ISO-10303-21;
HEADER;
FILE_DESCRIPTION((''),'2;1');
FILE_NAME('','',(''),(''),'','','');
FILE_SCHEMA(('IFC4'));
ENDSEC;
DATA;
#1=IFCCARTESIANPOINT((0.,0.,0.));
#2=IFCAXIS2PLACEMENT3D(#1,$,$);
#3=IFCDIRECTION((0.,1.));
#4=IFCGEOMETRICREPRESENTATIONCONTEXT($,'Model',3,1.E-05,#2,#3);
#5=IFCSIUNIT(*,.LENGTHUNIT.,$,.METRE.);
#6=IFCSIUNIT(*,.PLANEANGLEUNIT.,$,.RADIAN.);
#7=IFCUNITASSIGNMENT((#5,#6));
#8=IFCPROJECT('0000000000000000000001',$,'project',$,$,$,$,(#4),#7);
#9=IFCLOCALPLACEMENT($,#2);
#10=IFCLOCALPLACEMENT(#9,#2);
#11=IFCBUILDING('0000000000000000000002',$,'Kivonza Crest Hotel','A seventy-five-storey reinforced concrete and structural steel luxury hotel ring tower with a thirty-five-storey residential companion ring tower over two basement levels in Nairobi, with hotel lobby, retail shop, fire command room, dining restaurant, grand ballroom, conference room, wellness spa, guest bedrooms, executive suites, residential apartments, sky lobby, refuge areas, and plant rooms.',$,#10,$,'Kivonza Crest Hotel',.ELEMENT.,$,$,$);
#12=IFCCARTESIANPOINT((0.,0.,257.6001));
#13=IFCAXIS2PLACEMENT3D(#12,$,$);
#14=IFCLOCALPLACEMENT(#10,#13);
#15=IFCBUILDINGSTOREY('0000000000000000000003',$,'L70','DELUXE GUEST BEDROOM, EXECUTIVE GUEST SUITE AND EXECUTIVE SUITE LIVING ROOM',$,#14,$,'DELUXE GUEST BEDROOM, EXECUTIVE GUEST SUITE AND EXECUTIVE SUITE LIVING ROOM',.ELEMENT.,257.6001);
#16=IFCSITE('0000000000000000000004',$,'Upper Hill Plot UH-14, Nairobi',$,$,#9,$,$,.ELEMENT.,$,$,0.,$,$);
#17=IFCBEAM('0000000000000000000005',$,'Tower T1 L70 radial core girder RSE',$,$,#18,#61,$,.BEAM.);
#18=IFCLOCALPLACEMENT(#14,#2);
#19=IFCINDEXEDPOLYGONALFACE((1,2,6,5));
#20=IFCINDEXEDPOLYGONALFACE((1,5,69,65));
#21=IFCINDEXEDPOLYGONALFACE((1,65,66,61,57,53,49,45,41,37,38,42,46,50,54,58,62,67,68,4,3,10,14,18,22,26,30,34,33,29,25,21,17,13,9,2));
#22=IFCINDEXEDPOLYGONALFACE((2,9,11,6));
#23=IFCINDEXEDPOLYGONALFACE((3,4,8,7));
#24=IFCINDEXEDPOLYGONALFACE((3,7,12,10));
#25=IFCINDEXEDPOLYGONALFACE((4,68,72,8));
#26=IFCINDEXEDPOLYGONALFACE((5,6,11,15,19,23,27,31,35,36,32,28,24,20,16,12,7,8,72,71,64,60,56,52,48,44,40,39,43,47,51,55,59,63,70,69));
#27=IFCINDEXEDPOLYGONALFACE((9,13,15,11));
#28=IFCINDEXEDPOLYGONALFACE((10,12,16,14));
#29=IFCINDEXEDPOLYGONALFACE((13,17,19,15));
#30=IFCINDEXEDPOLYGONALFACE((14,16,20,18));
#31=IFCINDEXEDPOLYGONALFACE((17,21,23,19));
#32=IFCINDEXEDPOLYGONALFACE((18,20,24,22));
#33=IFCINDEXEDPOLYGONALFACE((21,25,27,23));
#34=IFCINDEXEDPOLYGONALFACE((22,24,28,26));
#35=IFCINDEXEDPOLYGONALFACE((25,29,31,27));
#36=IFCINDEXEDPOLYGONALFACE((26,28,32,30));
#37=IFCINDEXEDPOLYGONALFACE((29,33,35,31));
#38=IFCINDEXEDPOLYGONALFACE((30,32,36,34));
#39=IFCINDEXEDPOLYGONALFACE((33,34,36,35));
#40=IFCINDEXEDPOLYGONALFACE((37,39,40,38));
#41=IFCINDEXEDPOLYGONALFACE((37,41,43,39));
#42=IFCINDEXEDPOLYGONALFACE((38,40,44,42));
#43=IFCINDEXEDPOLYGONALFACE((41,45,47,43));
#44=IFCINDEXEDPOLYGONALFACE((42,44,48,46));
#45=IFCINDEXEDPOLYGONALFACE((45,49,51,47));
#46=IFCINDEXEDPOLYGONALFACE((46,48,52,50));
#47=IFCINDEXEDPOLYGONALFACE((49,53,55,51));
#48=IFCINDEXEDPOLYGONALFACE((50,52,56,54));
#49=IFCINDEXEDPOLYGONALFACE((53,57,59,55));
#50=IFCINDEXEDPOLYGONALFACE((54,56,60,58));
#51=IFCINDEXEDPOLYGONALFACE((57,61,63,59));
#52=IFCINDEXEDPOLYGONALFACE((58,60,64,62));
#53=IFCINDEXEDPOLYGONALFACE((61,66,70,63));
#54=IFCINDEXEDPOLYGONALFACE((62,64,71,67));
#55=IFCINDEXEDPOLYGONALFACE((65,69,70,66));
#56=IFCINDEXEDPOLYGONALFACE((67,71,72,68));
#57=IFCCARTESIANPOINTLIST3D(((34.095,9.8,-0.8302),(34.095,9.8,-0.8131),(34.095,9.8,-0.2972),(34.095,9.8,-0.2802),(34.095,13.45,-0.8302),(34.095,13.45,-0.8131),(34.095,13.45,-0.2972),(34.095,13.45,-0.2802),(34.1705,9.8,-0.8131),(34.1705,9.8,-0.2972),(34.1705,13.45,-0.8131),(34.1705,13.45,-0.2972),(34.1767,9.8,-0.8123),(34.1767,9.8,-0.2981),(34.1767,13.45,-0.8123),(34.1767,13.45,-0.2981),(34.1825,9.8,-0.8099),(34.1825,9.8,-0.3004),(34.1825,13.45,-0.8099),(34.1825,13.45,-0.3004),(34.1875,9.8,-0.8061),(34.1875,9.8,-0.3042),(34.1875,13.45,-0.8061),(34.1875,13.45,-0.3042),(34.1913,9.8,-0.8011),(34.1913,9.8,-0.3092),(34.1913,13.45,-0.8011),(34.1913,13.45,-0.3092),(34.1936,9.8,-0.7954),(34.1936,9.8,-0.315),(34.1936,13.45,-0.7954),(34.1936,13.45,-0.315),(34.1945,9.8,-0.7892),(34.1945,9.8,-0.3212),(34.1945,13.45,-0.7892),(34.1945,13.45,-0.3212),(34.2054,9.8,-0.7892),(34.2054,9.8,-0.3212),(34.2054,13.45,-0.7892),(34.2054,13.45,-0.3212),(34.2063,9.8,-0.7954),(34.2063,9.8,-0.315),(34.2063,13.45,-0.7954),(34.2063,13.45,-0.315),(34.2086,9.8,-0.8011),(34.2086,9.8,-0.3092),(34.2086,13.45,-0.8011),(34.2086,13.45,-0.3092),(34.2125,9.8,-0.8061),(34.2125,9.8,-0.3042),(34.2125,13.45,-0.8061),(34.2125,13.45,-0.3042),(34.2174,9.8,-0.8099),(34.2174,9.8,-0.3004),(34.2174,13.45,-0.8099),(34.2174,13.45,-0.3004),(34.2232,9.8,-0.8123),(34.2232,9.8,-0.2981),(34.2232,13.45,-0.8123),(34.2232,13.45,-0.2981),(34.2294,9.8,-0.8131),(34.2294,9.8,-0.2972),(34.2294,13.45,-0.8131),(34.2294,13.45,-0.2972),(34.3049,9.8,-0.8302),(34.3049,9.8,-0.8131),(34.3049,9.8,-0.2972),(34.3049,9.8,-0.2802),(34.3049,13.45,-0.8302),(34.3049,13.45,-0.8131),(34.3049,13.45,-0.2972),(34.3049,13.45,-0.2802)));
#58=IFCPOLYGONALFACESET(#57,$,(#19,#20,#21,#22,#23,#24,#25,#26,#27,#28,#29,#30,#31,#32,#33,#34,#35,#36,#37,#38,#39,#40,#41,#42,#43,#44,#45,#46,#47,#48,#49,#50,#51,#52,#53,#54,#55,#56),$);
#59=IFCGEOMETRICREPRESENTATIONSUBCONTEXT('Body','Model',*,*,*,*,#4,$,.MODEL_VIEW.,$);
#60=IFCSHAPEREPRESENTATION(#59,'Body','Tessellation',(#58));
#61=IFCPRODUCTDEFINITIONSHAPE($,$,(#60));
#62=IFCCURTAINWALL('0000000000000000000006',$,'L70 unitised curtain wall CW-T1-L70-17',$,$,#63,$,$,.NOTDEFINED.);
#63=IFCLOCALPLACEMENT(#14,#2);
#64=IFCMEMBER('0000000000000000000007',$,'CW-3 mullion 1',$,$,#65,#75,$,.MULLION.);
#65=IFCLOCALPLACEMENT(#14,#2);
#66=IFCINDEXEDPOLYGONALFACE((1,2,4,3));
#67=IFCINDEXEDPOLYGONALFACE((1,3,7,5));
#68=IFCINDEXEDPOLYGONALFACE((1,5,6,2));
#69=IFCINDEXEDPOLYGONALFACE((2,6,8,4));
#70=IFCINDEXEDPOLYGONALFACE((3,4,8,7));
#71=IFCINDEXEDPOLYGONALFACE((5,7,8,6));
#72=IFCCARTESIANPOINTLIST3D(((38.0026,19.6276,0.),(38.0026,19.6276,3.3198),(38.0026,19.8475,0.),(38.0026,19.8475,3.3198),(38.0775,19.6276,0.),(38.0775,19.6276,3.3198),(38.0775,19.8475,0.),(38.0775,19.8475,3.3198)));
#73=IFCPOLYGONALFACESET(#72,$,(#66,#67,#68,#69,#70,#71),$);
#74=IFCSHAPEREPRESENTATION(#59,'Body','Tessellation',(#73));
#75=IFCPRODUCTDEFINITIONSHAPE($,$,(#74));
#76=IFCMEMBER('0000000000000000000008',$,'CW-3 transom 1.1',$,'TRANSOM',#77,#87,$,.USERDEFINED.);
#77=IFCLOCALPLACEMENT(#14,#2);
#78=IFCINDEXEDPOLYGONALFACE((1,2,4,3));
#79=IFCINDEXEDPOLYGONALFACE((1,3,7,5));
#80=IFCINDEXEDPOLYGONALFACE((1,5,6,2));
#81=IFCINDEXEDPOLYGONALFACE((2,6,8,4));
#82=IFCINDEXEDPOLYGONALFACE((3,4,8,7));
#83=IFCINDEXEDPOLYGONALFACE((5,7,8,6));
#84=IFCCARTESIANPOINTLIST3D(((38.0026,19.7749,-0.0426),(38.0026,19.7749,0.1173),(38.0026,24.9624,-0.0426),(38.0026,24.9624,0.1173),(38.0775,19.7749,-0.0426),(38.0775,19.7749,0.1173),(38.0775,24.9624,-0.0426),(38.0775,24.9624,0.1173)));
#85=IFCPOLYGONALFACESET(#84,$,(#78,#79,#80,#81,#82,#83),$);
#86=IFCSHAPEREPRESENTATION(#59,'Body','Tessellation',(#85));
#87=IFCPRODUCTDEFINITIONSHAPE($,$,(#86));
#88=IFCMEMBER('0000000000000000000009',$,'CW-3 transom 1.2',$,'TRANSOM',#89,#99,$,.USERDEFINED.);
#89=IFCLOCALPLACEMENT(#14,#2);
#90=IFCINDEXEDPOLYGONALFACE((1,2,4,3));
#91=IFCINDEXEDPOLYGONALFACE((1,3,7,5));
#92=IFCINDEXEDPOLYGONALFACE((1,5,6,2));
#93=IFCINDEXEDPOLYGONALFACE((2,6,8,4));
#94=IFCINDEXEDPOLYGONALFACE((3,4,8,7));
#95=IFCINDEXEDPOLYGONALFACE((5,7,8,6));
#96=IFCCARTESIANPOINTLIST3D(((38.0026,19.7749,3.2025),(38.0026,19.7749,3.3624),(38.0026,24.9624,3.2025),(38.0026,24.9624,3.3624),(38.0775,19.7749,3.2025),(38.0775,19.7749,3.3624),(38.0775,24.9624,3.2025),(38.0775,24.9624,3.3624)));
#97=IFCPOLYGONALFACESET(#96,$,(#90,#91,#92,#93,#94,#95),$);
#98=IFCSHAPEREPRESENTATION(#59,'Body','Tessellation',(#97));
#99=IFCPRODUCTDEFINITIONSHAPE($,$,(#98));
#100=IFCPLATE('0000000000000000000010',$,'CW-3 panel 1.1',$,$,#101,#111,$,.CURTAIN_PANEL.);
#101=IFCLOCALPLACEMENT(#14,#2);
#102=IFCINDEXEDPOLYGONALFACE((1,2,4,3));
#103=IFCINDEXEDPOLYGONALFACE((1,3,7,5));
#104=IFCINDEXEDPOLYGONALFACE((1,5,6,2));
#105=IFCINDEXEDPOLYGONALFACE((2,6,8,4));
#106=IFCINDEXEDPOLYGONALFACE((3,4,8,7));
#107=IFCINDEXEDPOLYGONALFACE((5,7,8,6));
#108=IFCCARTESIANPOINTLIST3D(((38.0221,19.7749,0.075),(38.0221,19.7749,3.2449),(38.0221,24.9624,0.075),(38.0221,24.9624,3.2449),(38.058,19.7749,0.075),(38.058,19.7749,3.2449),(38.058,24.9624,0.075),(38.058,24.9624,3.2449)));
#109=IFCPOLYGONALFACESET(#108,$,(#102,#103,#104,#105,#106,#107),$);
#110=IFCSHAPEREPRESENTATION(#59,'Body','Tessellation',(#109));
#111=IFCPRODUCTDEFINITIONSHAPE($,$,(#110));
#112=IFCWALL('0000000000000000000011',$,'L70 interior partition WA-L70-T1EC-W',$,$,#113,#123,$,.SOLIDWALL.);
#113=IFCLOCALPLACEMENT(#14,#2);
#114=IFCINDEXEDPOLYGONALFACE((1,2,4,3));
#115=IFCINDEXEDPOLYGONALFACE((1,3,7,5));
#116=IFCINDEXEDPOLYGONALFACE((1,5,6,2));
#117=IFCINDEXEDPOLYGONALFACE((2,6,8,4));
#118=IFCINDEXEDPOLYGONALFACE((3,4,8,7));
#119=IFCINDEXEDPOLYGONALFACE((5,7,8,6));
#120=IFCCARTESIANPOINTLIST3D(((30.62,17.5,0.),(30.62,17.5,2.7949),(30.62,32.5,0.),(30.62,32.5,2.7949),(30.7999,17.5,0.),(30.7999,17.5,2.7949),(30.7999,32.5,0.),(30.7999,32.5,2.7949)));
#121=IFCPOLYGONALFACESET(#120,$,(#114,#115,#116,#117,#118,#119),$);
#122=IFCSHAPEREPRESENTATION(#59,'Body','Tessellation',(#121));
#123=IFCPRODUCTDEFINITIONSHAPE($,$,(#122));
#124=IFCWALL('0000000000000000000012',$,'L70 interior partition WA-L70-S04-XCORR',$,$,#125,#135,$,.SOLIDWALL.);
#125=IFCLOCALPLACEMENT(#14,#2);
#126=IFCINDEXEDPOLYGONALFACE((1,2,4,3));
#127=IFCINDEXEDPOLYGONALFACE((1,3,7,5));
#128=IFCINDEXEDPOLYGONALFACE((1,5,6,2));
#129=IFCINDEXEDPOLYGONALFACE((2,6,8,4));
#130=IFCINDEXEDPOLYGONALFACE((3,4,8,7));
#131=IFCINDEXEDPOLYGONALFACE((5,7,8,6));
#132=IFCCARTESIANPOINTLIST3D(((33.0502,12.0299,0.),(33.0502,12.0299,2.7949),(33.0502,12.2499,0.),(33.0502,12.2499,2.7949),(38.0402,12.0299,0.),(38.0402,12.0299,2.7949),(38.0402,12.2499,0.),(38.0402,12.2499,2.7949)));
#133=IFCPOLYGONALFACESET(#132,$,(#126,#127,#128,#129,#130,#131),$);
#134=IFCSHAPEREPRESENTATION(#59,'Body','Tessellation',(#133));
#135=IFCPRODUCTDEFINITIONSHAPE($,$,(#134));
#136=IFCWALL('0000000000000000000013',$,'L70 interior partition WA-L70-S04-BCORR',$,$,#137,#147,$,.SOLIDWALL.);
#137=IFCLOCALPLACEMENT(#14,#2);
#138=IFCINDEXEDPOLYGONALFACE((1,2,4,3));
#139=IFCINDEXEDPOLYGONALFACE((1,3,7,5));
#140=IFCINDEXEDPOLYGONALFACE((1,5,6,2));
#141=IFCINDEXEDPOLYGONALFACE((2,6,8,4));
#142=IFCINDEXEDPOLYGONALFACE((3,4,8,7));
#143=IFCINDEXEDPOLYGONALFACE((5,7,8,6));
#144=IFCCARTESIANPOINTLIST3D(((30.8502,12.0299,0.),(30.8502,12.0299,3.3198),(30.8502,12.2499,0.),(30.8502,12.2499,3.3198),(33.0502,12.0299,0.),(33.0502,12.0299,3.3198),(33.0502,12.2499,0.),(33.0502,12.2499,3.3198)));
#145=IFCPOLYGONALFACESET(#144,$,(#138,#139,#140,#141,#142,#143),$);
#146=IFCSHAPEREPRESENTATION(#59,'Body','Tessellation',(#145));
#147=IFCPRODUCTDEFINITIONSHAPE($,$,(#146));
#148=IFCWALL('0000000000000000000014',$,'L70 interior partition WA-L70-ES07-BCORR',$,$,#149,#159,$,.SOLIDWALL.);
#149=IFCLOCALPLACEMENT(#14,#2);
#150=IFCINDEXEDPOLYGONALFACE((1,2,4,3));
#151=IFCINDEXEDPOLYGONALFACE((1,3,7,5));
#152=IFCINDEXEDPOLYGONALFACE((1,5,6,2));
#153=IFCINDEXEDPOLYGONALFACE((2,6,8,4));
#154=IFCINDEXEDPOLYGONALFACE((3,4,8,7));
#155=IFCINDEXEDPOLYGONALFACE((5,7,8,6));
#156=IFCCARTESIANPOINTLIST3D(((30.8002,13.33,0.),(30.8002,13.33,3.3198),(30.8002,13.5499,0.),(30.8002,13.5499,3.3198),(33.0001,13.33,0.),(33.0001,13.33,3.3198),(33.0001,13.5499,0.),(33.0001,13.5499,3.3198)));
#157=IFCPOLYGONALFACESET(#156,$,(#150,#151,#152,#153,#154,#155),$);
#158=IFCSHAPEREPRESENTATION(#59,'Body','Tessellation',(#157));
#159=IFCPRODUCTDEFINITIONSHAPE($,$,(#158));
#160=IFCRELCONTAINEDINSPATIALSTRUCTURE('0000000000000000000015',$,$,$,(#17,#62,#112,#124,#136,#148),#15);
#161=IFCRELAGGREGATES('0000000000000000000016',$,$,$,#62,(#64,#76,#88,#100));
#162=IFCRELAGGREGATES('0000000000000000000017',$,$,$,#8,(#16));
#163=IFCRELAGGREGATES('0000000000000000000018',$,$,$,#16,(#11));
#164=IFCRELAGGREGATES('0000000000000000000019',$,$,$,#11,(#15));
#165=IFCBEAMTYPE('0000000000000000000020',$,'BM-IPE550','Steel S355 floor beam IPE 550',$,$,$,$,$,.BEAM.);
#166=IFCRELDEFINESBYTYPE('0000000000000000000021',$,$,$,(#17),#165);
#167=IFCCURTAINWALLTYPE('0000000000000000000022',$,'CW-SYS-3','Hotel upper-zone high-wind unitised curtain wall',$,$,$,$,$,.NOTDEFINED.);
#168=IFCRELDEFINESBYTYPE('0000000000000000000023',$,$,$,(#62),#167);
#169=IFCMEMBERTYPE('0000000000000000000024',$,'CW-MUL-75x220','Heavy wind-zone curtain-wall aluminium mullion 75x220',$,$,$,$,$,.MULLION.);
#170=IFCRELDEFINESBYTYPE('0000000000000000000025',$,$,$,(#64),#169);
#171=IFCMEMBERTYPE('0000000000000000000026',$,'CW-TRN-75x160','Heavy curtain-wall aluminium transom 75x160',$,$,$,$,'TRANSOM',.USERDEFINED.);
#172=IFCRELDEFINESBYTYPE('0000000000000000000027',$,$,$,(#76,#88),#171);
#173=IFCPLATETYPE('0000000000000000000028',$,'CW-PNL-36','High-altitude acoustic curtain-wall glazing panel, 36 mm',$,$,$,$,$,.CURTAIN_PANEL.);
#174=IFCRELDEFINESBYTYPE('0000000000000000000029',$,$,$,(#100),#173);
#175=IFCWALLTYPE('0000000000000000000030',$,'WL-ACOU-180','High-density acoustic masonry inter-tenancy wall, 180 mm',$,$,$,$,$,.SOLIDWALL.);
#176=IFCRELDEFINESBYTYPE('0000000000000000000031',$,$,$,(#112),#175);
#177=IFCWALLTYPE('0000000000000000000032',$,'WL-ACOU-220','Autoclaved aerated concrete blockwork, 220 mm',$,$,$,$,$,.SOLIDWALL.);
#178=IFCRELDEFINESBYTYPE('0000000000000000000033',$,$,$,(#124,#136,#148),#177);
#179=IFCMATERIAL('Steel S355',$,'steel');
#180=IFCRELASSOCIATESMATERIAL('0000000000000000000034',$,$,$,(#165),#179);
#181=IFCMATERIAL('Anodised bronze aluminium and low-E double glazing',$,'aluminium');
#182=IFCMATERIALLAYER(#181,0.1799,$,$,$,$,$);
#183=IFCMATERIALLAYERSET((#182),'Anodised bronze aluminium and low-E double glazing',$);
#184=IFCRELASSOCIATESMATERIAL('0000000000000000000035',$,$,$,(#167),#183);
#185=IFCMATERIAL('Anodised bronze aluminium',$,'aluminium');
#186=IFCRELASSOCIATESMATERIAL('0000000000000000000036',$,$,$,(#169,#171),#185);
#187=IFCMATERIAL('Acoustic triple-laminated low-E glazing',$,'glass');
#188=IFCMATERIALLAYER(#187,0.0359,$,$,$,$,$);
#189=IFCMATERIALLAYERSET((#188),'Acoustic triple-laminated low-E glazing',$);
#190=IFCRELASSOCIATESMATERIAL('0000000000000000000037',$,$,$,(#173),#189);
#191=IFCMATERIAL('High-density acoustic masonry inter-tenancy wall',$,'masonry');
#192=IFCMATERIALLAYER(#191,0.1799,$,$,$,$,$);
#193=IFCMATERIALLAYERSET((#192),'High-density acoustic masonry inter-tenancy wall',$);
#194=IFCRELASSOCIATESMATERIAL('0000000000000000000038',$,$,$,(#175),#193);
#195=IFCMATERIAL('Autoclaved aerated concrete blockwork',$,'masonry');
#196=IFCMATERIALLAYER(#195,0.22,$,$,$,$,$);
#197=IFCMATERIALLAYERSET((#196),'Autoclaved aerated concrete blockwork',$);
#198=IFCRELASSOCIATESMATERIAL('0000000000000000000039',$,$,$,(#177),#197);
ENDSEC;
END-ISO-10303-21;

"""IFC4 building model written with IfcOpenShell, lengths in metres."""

from ifc_helpers import new_model, si_unit, direction, frame, frame_2d, origin, origin_2d, place, context, subcontext, project, spatial, rectangle, i_section, extrude, material, layer, layer_set, material_profile, profile_set, type_object, element, aggregate, save


model = new_model("IFC4")

# Units and contexts
model_context = context("Model", 3, precision=1e-05, world=origin(), true_north=direction((0.0, 1.0)))
body_context = subcontext(model_context, "Body", "Model", "MODEL_VIEW")
ifc_project = project(units=[si_unit("LENGTHUNIT", "METRE"), si_unit("PLANEANGLEUNIT", "RADIAN")], contexts=[model_context])

# Site, building, storey
site_placement = place(None, origin())
site = spatial("IfcSite", under=ifc_project, at=site_placement, Name="Upper Hill Plot UH-14, Nairobi", CompositionType="ELEMENT", RefElevation=0.0)
building_placement = place(site_placement, origin())
building = spatial("IfcBuilding", under=site, at=building_placement, Name="Kivonza Crest Hotel", Description="A seventy-five-storey reinforced concrete and structural steel luxury hotel ring tower with a thirty-five-storey residential companion ring tower over two basement levels in Nairobi, with hotel lobby, retail shop, fire command room, dining restaurant, grand ballroom, conference room, wellness spa, guest bedrooms, executive suites, residential apartments, sky lobby, refuge areas, and plant rooms.", LongName="Kivonza Crest Hotel", CompositionType="ELEMENT")
storey_placement = place(building_placement, frame((0.0, 0.0, 257.6001)))
storey = spatial("IfcBuildingStorey", under=building, at=storey_placement, Name="L70", Description="DELUXE GUEST BEDROOM, EXECUTIVE GUEST SUITE AND EXECUTIVE SUITE LIVING ROOM", LongName="DELUXE GUEST BEDROOM, EXECUTIVE GUEST SUITE AND EXECUTIVE SUITE LIVING ROOM", CompositionType="ELEMENT", Elevation=257.6001)

# Beam
ifc_material_1 = material(Name="Steel S355", Category="steel")
ifc_material_profile_1 = material_profile(ifc_material_1, i_section(OverallWidth=0.21, OverallDepth=0.55, WebThickness=0.011, FlangeThickness=0.0171, FilletRadius=0.0239, at=origin_2d()), Name="IPE 550")
ifc_profile_set_1 = profile_set([ifc_material_profile_1], Name="Steel S355")
beam_type_1 = type_object("IfcBeamType", Name="BM-IPE550", Description="Steel S355 floor beam IPE 550", PredefinedType="BEAM", material=ifc_profile_set_1)
beam_1_placement = place(storey_placement, frame((34.2, 9.8, -0.5552), z_axis=(0.0, 1.0, 0.0), x_axis=(-1.0, 0.0, 0.0)))
element("IfcBeam", 1, at=beam_1_placement, inside=storey, type_object=beam_type_1, Name="Tower T1 L70 radial core girder RSE", PredefinedType="BEAM", context=body_context, shape_type="SweptSolid", body=[
    extrude(i_section(OverallWidth=0.21, OverallDepth=0.55, WebThickness=0.011, FlangeThickness=0.0171, FilletRadius=0.0239, at=origin_2d()), origin(), (0.0, 0.0, 1.0), 3.6499),
])

# Curtain wall, members, plate
ifc_material_2 = material(Name="Anodised bronze aluminium and low-E double glazing", Category="aluminium")
ifc_layer_1 = layer(ifc_material_2, 0.1799)
ifc_layer_set_1 = layer_set([ifc_layer_1], Name="Anodised bronze aluminium and low-E double glazing")
curtain_wall_type = type_object("IfcCurtainWallType", Name="CW-SYS-3", Description="Hotel upper-zone high-wind unitised curtain wall", PredefinedType="NOTDEFINED", material=ifc_layer_set_1)
curtain_wall_placement = place(storey_placement, origin())
curtain_wall = element("IfcCurtainWall", 2, at=curtain_wall_placement, inside=storey, type_object=curtain_wall_type, Name="L70 unitised curtain wall CW-T1-L70-17", PredefinedType="NOTDEFINED")
ifc_material_3 = material(Name="Anodised bronze aluminium", Category="aluminium")
ifc_material_profile_2 = material_profile(ifc_material_3, rectangle(XDim=0.075, YDim=0.22, at=origin_2d()), Name="CW-M 75x220")
ifc_profile_set_2 = profile_set([ifc_material_profile_2], Name="Anodised bronze aluminium")
member_type_1 = type_object("IfcMemberType", Name="CW-MUL-75x220", Description="Heavy wind-zone curtain-wall aluminium mullion 75x220", PredefinedType="MULLION", material=ifc_profile_set_2)
member_1_placement = place(storey_placement, frame((38.04, 19.7375, 0.0), z_axis=(0.0, 0.0, 1.0), x_axis=(-1.0, 0.0, 0.0)))
member_1 = element("IfcMember", 3, at=member_1_placement, type_object=member_type_1, Name="CW-3 mullion 1", PredefinedType="MULLION", context=body_context, shape_type="SweptSolid", body=[
    extrude(rectangle(XDim=0.075, YDim=0.22, at=origin_2d()), origin(), (0.0, 0.0, 1.0), 3.3198),
])
ifc_material_profile_3 = material_profile(ifc_material_3, rectangle(XDim=0.075, YDim=0.1599, at=origin_2d()), Name="CW-T 75x160")
ifc_profile_set_3 = profile_set([ifc_material_profile_3], Name="Anodised bronze aluminium")
member_type_2 = type_object("IfcMemberType", Name="CW-TRN-75x160", Description="Heavy curtain-wall aluminium transom 75x160", ElementType="TRANSOM", PredefinedType="USERDEFINED", material=ifc_profile_set_3)
member_2_placement = place(storey_placement, frame((38.04, 19.7749, 0.0374), z_axis=(0.0, 1.0, 0.0), x_axis=(-1.0, 0.0, 0.0)))
member_2 = element("IfcMember", 4, at=member_2_placement, type_object=member_type_2, Name="CW-3 transom 1.1", ObjectType="TRANSOM", PredefinedType="USERDEFINED", context=body_context, shape_type="SweptSolid", body=[
    extrude(rectangle(XDim=0.075, YDim=0.1599, at=origin_2d()), origin(), (0.0, 0.0, 1.0), 5.1875),
])
member_3_placement = place(storey_placement, frame((38.04, 19.7749, 3.2825), z_axis=(0.0, 1.0, 0.0), x_axis=(-1.0, 0.0, 0.0)))
member_3 = element("IfcMember", 5, at=member_3_placement, type_object=member_type_2, Name="CW-3 transom 1.2", ObjectType="TRANSOM", PredefinedType="USERDEFINED", context=body_context, shape_type="SweptSolid", body=[
    extrude(rectangle(XDim=0.075, YDim=0.1599, at=origin_2d()), origin(), (0.0, 0.0, 1.0), 5.1875),
])
ifc_material_4 = material(Name="Acoustic triple-laminated low-E glazing", Category="glass")
ifc_layer_2 = layer(ifc_material_4, 0.0359)
ifc_layer_set_2 = layer_set([ifc_layer_2], Name="Acoustic triple-laminated low-E glazing")
plate_type = type_object("IfcPlateType", Name="CW-PNL-36", Description="High-altitude acoustic curtain-wall glazing panel, 36 mm", PredefinedType="CURTAIN_PANEL", material=ifc_layer_set_2)
plate_placement = place(storey_placement, frame((38.04, 22.3687, 0.075), z_axis=(0.0, 0.0, 1.0), x_axis=(0.0, 1.0, 0.0)))
plate = element("IfcPlate", 6, at=plate_placement, type_object=plate_type, Name="CW-3 panel 1.1", PredefinedType="CURTAIN_PANEL", context=body_context, shape_type="SweptSolid", body=[
    extrude(rectangle(XDim=5.1875, YDim=0.0359, at=origin_2d()), origin(), (0.0, 0.0, 1.0), 3.1699),
])
aggregate(curtain_wall, [member_1, member_2, member_3, plate])

# Walls
ifc_material_5 = material(Name="High-density acoustic masonry inter-tenancy wall", Category="masonry")
ifc_layer_3 = layer(ifc_material_5, 0.1799)
ifc_layer_set_3 = layer_set([ifc_layer_3], Name="High-density acoustic masonry inter-tenancy wall")
wall_type_1 = type_object("IfcWallType", Name="WL-ACOU-180", Description="High-density acoustic masonry inter-tenancy wall, 180 mm", PredefinedType="SOLIDWALL", material=ifc_layer_set_3)
wall_1_placement = place(storey_placement, frame((30.71, 17.5, 0.0), z_axis=(0.0, 0.0, 1.0), x_axis=(0.0, 1.0, 0.0)))
element("IfcWall", 7, at=wall_1_placement, inside=storey, type_object=wall_type_1, Name="L70 interior partition WA-L70-T1EC-W", PredefinedType="SOLIDWALL", context=body_context, shape_type="SweptSolid", body=[
    extrude(rectangle(XDim=15.0, YDim=0.1799, at=frame_2d((7.5, 0.0))), origin(), (0.0, 0.0, 1.0), 2.7949),
])
ifc_material_6 = material(Name="Autoclaved aerated concrete blockwork", Category="masonry")
ifc_layer_4 = layer(ifc_material_6, 0.22)
ifc_layer_set_4 = layer_set([ifc_layer_4], Name="Autoclaved aerated concrete blockwork")
wall_type_2 = type_object("IfcWallType", Name="WL-ACOU-220", Description="Autoclaved aerated concrete blockwork, 220 mm", PredefinedType="SOLIDWALL", material=ifc_layer_set_4)
wall_2_placement = place(storey_placement, frame((33.05, 12.1399, 0.0), z_axis=(0.0, 0.0, 1.0), x_axis=(1.0, 0.0, 0.0)))
element("IfcWall", 8, at=wall_2_placement, inside=storey, type_object=wall_type_2, Name="L70 interior partition WA-L70-S04-XCORR", PredefinedType="SOLIDWALL", context=body_context, shape_type="SweptSolid", body=[
    extrude(rectangle(XDim=4.99, YDim=0.22, at=frame_2d((2.4951, 0.0))), origin(), (0.0, 0.0, 1.0), 2.7949),
])
for number, where, z_axis, x_axis, name in (
    (9, (30.8501, 12.1399, 0.0), (0.0, 0.0, 1.0), (1.0, 0.0, 0.0), "L70 interior partition WA-L70-S04-BCORR"),
    (10, (30.8, 13.4399, 0.0), (0.0, 0.0, 1.0), (1.0, 0.0, 0.0), "L70 interior partition WA-L70-ES07-BCORR"),
):
    element("IfcWall", number, at=place(storey_placement, frame(where, z_axis=z_axis, x_axis=x_axis)), inside=storey, type_object=wall_type_2, Name=name, PredefinedType="SOLIDWALL", context=body_context, shape_type="SweptSolid", body=[
        extrude(rectangle(XDim=2.2, YDim=0.22, at=frame_2d((1.1001, 0.0))), origin(), (0.0, 0.0, 1.0), 3.3198),
    ])

save(model, "model.ifc")
